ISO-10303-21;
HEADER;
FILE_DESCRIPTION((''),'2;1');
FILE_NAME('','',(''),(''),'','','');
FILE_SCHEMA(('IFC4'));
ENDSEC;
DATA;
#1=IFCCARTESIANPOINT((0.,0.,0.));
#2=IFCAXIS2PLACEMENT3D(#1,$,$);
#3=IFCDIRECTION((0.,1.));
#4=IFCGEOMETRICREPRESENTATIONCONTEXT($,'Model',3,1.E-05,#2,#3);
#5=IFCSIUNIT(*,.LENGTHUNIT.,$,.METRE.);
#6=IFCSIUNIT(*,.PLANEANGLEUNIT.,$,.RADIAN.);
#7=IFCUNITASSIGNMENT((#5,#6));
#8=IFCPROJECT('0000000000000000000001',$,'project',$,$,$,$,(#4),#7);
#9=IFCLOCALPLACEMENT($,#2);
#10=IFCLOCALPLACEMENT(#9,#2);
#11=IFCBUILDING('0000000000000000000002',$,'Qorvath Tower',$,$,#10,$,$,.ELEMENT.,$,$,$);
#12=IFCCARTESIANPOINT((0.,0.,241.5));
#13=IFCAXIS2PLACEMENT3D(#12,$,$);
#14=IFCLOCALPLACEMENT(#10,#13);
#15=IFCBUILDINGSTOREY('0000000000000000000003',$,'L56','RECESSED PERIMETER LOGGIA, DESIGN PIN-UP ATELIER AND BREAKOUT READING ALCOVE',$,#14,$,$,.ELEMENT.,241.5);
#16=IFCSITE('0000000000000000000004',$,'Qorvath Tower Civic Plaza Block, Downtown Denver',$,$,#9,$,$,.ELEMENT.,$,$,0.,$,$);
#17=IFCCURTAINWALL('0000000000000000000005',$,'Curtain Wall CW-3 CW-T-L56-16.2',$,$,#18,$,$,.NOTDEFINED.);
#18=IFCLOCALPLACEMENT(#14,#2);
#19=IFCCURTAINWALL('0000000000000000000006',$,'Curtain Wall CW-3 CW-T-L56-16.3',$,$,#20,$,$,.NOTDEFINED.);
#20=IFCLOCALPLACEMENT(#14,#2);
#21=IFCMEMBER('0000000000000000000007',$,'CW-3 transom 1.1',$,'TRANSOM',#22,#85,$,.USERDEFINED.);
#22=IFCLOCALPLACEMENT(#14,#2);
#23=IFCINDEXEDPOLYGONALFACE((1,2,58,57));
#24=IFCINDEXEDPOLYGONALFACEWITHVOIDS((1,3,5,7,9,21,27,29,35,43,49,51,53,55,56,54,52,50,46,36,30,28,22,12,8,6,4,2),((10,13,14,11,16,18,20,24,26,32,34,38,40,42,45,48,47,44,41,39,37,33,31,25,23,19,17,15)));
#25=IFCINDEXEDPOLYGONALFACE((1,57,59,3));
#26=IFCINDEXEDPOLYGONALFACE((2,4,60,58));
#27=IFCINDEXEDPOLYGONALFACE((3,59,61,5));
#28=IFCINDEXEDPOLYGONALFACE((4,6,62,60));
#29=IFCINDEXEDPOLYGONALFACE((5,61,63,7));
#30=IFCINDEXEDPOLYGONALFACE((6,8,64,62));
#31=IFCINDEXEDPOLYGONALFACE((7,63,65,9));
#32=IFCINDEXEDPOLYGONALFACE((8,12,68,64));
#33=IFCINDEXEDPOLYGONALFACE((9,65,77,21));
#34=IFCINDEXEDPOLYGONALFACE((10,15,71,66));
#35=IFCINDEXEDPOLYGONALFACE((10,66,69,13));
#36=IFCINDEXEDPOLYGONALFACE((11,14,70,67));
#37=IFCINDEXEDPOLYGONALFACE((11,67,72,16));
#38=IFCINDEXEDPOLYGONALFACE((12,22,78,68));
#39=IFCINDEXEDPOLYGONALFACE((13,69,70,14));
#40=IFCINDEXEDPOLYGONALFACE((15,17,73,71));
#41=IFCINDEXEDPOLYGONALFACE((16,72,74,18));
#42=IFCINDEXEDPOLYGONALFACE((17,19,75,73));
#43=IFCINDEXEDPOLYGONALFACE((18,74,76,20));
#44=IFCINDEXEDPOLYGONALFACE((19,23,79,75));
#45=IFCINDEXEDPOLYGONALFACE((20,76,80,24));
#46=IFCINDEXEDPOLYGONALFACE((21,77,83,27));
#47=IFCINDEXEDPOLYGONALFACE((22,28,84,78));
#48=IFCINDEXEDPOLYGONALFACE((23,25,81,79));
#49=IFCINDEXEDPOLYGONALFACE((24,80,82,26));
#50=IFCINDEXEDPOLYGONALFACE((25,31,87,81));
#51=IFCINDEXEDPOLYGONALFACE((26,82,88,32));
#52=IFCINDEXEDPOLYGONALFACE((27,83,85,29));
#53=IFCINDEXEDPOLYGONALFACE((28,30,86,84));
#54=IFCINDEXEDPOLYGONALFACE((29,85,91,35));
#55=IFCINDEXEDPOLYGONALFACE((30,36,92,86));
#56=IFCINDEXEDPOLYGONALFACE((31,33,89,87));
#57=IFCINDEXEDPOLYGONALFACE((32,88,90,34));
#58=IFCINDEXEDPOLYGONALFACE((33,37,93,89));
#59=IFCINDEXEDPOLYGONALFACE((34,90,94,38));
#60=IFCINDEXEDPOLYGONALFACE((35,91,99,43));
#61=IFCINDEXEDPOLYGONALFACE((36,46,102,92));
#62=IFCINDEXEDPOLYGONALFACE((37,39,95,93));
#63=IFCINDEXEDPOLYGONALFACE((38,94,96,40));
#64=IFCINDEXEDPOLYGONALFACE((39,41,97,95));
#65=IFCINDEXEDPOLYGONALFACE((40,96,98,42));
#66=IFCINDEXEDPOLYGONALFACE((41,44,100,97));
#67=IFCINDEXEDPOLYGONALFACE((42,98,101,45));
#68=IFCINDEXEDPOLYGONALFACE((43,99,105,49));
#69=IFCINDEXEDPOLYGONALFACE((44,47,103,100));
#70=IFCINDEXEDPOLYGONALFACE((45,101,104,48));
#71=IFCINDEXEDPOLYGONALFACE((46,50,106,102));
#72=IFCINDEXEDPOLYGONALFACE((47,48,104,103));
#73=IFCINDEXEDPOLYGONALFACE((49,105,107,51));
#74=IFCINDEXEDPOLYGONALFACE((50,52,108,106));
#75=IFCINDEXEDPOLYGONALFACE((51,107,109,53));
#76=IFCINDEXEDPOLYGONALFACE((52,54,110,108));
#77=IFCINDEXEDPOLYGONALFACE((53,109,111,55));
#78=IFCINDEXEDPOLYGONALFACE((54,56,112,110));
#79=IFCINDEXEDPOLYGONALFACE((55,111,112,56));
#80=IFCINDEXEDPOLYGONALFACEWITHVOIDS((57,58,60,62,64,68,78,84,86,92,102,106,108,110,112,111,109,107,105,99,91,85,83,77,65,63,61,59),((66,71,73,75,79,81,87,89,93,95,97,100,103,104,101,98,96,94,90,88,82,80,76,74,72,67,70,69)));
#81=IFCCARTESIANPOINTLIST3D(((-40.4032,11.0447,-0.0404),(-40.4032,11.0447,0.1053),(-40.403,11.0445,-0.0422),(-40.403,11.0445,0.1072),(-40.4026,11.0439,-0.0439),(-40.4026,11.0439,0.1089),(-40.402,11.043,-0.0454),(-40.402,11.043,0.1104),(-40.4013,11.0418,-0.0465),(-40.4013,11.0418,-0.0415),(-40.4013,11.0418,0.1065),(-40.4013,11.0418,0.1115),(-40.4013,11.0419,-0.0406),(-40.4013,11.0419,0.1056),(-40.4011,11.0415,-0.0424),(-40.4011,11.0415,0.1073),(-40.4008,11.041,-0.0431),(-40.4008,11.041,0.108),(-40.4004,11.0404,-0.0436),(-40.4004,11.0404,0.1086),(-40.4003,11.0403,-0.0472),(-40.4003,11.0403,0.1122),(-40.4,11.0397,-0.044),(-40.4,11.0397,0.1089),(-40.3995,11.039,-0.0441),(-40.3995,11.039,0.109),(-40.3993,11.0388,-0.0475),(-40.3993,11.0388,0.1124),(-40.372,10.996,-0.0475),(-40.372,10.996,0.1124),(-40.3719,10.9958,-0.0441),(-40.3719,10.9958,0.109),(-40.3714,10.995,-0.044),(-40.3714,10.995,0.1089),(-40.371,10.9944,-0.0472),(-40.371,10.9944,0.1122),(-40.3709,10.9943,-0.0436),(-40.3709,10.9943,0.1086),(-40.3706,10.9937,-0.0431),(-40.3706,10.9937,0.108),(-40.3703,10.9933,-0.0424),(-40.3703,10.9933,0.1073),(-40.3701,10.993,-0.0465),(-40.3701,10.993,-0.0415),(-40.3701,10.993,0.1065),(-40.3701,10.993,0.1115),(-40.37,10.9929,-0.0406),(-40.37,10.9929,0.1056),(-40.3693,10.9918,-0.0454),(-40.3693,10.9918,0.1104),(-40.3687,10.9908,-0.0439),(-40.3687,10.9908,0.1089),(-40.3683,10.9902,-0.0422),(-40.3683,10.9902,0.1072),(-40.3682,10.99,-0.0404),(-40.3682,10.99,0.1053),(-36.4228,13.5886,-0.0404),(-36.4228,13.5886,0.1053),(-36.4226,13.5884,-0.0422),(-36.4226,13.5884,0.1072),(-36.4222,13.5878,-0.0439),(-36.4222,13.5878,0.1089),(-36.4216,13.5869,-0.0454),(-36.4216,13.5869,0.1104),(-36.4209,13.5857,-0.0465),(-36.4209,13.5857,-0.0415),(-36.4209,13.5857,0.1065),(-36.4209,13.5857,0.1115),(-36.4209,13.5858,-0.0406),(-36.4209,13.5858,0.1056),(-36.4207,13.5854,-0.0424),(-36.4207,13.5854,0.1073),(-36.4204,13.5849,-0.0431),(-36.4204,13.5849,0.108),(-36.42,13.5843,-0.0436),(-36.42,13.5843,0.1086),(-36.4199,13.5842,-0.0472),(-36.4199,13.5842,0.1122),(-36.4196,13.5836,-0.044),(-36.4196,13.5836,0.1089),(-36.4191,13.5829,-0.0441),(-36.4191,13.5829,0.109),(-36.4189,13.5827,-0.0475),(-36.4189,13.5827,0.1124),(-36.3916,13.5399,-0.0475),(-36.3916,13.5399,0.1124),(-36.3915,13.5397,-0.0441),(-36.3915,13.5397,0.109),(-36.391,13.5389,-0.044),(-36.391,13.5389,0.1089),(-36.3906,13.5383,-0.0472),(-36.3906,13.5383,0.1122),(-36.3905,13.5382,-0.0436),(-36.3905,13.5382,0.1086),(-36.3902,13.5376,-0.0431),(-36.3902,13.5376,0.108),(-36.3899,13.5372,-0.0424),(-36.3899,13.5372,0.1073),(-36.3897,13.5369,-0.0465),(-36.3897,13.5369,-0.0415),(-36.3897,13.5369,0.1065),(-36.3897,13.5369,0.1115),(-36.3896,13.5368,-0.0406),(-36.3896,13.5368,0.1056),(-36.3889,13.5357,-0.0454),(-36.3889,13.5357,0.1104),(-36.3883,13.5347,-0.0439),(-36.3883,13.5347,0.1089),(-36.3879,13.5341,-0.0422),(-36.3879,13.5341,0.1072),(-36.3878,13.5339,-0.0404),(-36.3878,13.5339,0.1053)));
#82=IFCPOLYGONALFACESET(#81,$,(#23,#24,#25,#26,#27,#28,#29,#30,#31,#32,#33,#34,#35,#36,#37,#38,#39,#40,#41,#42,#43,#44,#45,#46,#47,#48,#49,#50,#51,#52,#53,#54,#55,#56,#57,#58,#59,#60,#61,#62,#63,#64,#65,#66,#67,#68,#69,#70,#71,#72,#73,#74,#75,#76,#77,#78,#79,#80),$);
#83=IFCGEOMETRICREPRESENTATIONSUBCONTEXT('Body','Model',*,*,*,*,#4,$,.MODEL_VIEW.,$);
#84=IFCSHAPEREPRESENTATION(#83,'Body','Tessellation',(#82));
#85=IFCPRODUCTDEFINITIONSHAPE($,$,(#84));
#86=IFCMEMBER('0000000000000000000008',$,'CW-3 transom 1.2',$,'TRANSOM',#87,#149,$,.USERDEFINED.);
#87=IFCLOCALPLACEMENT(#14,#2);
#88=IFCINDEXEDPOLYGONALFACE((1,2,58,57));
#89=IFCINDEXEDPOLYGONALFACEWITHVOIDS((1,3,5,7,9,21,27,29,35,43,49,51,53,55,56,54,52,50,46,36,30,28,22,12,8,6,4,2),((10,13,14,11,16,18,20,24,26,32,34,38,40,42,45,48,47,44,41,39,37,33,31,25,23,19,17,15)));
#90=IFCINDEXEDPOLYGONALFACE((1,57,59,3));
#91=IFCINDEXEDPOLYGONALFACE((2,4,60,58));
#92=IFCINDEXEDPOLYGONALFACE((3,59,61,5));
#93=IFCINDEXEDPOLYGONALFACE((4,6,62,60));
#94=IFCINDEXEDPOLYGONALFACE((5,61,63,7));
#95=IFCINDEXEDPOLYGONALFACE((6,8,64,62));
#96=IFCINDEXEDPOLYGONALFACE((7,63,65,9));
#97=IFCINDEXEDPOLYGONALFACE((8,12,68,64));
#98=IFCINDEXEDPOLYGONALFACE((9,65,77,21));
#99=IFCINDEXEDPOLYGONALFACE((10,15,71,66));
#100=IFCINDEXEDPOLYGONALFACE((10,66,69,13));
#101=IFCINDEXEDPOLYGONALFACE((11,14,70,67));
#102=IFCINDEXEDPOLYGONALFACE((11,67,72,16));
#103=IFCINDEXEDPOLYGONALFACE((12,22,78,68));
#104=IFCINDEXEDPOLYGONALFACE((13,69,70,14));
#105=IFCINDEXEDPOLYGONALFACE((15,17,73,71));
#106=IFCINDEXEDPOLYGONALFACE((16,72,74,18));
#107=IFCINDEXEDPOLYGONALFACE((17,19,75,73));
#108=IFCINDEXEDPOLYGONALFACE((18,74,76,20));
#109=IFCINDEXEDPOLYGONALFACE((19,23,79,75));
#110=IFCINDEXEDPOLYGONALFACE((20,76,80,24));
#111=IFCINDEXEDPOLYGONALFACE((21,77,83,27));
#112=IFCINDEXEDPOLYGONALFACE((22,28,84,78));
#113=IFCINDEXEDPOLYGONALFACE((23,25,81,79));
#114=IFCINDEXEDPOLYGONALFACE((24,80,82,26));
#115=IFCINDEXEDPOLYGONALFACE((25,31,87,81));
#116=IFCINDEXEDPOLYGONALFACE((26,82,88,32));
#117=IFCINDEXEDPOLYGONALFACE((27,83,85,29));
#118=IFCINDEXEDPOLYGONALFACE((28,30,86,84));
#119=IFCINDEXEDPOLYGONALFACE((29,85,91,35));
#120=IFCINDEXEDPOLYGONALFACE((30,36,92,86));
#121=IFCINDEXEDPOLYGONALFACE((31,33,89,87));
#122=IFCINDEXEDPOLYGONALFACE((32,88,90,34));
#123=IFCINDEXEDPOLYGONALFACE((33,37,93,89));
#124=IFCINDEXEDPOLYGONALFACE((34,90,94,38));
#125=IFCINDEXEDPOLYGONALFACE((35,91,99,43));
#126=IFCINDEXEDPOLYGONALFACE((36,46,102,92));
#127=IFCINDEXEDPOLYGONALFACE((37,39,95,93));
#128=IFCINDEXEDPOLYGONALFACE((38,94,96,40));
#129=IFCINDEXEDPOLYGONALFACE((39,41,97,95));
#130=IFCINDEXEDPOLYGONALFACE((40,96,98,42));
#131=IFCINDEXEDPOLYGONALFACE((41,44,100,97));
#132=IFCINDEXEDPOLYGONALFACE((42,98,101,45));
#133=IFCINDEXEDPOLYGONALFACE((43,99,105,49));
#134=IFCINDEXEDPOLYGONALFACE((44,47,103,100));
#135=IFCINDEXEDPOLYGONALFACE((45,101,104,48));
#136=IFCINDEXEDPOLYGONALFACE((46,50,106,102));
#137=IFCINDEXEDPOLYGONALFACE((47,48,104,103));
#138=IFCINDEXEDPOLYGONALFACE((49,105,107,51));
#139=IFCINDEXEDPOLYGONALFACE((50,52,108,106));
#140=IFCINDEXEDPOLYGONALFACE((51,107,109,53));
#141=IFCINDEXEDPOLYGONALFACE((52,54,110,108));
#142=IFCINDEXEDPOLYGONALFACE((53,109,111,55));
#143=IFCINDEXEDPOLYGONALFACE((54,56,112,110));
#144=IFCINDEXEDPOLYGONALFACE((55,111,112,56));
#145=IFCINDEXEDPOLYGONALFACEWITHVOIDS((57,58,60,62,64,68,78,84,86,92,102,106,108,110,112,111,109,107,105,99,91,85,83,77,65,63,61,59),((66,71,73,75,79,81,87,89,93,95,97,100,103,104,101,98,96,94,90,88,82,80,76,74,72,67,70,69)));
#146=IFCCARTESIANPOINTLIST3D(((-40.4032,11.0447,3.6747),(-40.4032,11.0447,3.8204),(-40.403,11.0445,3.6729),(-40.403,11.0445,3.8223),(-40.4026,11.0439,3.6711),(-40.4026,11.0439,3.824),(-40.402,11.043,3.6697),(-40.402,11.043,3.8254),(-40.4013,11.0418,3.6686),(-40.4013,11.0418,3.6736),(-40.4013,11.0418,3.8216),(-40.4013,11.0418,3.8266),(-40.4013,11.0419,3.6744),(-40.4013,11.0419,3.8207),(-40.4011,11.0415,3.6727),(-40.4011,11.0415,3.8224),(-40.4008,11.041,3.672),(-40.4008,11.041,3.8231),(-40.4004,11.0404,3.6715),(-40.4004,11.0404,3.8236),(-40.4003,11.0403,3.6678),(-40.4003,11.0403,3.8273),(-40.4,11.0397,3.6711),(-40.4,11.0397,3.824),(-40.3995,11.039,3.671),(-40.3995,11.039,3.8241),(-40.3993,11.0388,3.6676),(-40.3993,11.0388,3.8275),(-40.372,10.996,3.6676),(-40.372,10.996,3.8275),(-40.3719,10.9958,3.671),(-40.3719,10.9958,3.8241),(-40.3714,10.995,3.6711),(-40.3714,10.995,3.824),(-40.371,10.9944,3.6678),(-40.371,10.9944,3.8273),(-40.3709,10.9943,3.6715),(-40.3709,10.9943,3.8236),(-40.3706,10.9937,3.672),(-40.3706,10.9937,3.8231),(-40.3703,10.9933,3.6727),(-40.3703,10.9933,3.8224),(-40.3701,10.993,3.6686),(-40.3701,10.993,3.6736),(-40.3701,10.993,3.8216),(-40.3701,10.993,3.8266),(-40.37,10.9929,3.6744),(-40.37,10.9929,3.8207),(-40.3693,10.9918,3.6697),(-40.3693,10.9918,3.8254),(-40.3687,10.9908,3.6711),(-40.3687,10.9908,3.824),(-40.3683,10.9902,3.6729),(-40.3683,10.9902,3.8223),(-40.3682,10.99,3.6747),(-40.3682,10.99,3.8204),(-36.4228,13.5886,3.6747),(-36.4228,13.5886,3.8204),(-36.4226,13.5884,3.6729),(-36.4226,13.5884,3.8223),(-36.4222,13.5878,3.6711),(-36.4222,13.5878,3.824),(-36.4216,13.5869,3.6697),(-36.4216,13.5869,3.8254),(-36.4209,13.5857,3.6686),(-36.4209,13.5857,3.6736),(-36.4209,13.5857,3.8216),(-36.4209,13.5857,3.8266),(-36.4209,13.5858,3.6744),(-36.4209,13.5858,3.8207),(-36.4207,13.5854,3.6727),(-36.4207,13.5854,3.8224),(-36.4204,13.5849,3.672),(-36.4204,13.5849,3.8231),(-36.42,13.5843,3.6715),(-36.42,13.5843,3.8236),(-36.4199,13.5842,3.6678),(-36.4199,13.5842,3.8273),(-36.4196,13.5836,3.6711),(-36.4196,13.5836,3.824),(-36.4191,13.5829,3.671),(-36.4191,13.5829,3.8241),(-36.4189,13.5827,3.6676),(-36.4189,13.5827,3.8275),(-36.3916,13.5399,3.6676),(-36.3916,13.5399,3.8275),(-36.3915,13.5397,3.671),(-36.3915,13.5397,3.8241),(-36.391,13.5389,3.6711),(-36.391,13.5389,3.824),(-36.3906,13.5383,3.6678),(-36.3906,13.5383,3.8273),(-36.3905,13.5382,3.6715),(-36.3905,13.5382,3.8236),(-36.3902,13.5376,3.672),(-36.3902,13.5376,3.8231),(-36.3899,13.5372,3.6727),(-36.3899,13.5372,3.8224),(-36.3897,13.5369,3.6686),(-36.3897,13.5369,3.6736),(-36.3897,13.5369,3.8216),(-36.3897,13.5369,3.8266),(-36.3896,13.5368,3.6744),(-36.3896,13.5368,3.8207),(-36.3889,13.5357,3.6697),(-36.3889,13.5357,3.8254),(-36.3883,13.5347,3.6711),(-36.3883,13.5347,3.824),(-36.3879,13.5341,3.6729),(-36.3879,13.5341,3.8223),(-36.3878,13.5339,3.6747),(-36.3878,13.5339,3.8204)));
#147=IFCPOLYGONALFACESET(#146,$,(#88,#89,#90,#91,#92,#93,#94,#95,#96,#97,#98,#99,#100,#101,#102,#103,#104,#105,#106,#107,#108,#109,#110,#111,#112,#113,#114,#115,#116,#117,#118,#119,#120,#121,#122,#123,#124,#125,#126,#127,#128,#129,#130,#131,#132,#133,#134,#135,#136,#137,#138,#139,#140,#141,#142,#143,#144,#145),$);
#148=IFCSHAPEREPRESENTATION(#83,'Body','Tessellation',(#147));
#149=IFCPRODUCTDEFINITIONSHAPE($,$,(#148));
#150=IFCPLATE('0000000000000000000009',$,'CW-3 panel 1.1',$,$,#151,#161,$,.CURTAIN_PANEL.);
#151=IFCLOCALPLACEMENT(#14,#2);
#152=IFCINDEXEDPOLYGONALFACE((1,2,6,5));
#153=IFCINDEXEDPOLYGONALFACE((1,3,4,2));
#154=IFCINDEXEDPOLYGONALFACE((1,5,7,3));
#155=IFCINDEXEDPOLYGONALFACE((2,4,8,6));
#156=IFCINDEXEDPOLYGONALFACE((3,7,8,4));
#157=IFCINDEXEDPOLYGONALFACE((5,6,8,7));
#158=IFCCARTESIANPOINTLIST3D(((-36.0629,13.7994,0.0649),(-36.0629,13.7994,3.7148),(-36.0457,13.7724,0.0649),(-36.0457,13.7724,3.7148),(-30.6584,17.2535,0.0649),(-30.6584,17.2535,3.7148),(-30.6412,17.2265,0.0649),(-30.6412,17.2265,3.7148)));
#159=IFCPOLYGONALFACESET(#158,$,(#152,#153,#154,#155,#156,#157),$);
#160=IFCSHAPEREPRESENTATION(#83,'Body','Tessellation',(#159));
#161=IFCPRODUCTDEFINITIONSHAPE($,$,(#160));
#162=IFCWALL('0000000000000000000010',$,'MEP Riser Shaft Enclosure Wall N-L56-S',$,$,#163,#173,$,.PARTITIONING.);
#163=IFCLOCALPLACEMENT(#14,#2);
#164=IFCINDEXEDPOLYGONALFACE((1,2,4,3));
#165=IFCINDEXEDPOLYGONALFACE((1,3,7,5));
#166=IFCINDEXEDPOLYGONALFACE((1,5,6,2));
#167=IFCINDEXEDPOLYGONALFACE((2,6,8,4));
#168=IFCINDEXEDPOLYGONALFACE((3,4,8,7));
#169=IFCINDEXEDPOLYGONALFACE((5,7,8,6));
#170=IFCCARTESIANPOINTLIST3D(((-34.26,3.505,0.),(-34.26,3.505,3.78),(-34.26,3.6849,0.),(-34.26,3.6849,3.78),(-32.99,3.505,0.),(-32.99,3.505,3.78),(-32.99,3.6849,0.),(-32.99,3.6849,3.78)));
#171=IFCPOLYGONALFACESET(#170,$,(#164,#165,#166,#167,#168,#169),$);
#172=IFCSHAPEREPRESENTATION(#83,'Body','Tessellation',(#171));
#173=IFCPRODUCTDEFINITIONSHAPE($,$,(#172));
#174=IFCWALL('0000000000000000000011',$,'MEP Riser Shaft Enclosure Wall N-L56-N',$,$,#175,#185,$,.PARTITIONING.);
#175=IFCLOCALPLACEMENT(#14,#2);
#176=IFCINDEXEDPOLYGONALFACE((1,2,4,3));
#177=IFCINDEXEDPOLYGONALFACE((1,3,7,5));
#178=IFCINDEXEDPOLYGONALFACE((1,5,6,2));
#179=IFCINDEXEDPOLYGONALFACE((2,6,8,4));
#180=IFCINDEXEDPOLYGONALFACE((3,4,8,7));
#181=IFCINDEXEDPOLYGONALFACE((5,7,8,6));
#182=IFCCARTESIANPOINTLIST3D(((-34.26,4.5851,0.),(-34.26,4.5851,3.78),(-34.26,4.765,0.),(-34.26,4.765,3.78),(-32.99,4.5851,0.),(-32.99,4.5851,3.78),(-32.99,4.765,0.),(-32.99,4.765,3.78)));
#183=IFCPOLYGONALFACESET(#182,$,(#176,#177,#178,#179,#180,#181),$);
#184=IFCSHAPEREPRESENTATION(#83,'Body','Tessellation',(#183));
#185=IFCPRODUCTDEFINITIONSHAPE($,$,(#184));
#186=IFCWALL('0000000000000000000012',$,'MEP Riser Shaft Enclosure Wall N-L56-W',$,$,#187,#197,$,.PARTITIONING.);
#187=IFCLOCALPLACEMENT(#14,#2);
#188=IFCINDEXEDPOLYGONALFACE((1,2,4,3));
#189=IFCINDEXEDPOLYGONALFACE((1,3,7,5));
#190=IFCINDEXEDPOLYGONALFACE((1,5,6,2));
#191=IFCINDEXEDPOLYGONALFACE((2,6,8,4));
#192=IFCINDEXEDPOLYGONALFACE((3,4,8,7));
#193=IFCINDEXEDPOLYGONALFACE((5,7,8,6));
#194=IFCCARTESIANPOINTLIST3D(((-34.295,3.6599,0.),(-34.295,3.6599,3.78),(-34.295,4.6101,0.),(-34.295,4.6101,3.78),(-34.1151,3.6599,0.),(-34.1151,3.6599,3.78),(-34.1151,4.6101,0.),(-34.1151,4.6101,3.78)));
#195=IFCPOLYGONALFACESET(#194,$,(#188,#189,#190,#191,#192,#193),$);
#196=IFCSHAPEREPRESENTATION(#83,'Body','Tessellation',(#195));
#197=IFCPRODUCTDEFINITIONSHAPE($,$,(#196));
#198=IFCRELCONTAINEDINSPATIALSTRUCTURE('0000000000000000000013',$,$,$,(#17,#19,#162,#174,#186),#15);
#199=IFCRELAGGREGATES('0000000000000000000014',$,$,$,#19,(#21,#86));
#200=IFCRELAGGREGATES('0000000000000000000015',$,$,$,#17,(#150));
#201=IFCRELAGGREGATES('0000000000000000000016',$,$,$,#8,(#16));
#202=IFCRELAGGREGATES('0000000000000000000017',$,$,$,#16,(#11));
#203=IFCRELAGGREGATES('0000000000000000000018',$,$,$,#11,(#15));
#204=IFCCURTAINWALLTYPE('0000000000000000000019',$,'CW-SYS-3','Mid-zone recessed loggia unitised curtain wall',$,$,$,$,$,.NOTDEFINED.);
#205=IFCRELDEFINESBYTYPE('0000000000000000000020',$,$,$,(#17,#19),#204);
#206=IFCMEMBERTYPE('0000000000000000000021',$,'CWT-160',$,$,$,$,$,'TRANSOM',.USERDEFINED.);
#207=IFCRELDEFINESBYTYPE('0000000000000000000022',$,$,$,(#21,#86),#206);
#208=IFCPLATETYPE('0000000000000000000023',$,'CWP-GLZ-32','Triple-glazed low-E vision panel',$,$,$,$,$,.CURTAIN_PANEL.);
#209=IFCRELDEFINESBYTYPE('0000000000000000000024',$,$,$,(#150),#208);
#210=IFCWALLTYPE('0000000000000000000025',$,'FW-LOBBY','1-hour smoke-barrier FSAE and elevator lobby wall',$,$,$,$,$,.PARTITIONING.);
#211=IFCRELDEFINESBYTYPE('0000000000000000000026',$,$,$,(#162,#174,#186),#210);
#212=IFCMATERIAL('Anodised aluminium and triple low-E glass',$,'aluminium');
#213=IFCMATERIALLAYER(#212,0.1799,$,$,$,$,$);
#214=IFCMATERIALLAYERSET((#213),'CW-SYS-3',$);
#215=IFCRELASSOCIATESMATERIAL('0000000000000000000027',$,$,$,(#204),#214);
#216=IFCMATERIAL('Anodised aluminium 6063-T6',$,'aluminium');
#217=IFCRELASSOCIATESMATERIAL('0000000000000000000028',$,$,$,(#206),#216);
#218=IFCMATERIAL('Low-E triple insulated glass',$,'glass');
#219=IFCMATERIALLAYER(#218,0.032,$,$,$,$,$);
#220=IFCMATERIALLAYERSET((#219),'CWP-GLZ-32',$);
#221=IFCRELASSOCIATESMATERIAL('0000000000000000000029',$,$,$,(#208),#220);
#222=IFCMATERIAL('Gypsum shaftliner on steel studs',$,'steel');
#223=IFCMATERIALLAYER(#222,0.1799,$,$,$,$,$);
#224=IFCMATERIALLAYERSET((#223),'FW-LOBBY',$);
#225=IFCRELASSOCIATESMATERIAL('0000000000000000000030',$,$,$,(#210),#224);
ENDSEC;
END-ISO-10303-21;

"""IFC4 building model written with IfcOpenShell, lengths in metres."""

from ifc_helpers import new_model, si_unit, direction, frame, frame_2d, origin, origin_2d, place, context, subcontext, project, spatial, rectangle, hollow_rectangle, extrude, material, layer, layer_set, material_profile, profile_set, type_object, element, aggregate, save


model = new_model("IFC4")

# Units and contexts
model_context = context("Model", 3, precision=1e-05, world=origin(), true_north=direction((0.0, 1.0)))
body_context = subcontext(model_context, "Body", "Model", "MODEL_VIEW")
ifc_project = project(units=[si_unit("LENGTHUNIT", "METRE"), si_unit("PLANEANGLEUNIT", "RADIAN")], contexts=[model_context])

# Site, building, storey
site_placement = place(None, origin())
site = spatial("IfcSite", under=ifc_project, at=site_placement, Name="Qorvath Tower Civic Plaza Block, Downtown Denver", CompositionType="ELEMENT", RefElevation=0.0)
building_placement = place(site_placement, origin())
building = spatial("IfcBuilding", under=site, at=building_placement, Name="Qorvath Tower", CompositionType="ELEMENT")
storey_placement = place(building_placement, frame((0.0, 0.0, 241.5)))
storey = spatial("IfcBuildingStorey", under=building, at=storey_placement, Name="L56", Description="RECESSED PERIMETER LOGGIA, DESIGN PIN-UP ATELIER AND BREAKOUT READING ALCOVE", CompositionType="ELEMENT", Elevation=241.5)

# Curtain wall
ifc_material_1 = material(Name="Anodised aluminium and triple low-E glass", Category="aluminium")
ifc_layer_1 = layer(ifc_material_1, 0.1799)
ifc_layer_set_1 = layer_set([ifc_layer_1], Name="CW-SYS-3")
curtain_wall_type = type_object("IfcCurtainWallType", Name="CW-SYS-3", Description="Mid-zone recessed loggia unitised curtain wall", PredefinedType="NOTDEFINED", material=ifc_layer_set_1)
curtain_wall_1_placement = place(storey_placement, origin())
curtain_wall_1 = element("IfcCurtainWall", 1, at=curtain_wall_1_placement, inside=storey, type_object=curtain_wall_type, Name="Curtain Wall CW-3 CW-T-L56-16.2", PredefinedType="NOTDEFINED")

# Curtain wall, members
curtain_wall_2_placement = place(storey_placement, origin())
curtain_wall_2 = element("IfcCurtainWall", 2, at=curtain_wall_2_placement, inside=storey, type_object=curtain_wall_type, Name="Curtain Wall CW-3 CW-T-L56-16.3", PredefinedType="NOTDEFINED")
ifc_material_2 = material(Name="Anodised aluminium 6063-T6", Category="aluminium")
ifc_material_profile_1 = material_profile(ifc_material_2, hollow_rectangle(XDim=0.0649, YDim=0.1599, WallThickness=0.0034, InnerFilletRadius=0.0034, OuterFilletRadius=0.0071, at=origin_2d()), Name="CWT 160x65")
ifc_profile_set_1 = profile_set([ifc_material_profile_1], Name="Anodised aluminium 6063-T6")
member_type_1 = type_object("IfcMemberType", Name="CWT-160", ElementType="TRANSOM", PredefinedType="USERDEFINED", material=ifc_profile_set_1)
member_1_placement = place(storey_placement, frame((-36.4053, 13.5613, 0.0325), z_axis=(-0.842613, -0.53852, 0.0), x_axis=(0.53852, -0.842613, 0.0)))
member_1 = element("IfcMember", 3, at=member_1_placement, type_object=member_type_1, Name="CW-3 transom 1.1", ObjectType="TRANSOM", PredefinedType="USERDEFINED", context=body_context, shape_type="SweptSolid", body=[
    extrude(hollow_rectangle(XDim=0.0649, YDim=0.1599, WallThickness=0.0034, InnerFilletRadius=0.0034, OuterFilletRadius=0.0071, at=origin_2d()), origin(), (0.0, 0.0, 1.0), 4.7239),
])
member_2_placement = place(storey_placement, frame((-36.4053, 13.5613, 3.7476), z_axis=(-0.842613, -0.53852, 0.0), x_axis=(0.53852, -0.842613, 0.0)))
member_2 = element("IfcMember", 4, at=member_2_placement, type_object=member_type_1, Name="CW-3 transom 1.2", ObjectType="TRANSOM", PredefinedType="USERDEFINED", context=body_context, shape_type="SweptSolid", body=[
    extrude(hollow_rectangle(XDim=0.0649, YDim=0.1599, WallThickness=0.0034, InnerFilletRadius=0.0034, OuterFilletRadius=0.0071, at=origin_2d()), origin(), (0.0, 0.0, 1.0), 4.7239),
])
aggregate(curtain_wall_2, [member_1, member_2])

# Plate
ifc_material_3 = material(Name="Low-E triple insulated glass", Category="glass")
ifc_layer_2 = layer(ifc_material_3, 0.032)
ifc_layer_set_2 = layer_set([ifc_layer_2], Name="CWP-GLZ-32")
plate_type = type_object("IfcPlateType", Name="CWP-GLZ-32", Description="Triple-glazed low-E vision panel", PredefinedType="CURTAIN_PANEL", material=ifc_layer_set_2)
plate_placement = place(storey_placement, frame((-33.3521, 15.5129, 0.0649), z_axis=(0.0, 0.0, 1.0), x_axis=(-0.842613, -0.53852, 0.0)))
plate = element("IfcPlate", 5, at=plate_placement, type_object=plate_type, Name="CW-3 panel 1.1", PredefinedType="CURTAIN_PANEL", context=body_context, shape_type="SweptSolid", body=[
    extrude(rectangle(XDim=6.4141, YDim=0.032, at=origin_2d()), origin(), (0.0, 0.0, 1.0), 3.6499),
])
aggregate(curtain_wall_1, [plate])

# Walls
ifc_material_4 = material(Name="Gypsum shaftliner on steel studs", Category="steel")
ifc_layer_3 = layer(ifc_material_4, 0.1799)
ifc_layer_set_3 = layer_set([ifc_layer_3], Name="FW-LOBBY")
wall_type_1 = type_object("IfcWallType", Name="FW-LOBBY", Description="1-hour smoke-barrier FSAE and elevator lobby wall", PredefinedType="PARTITIONING", material=ifc_layer_set_3)
for number, where, z_axis, x_axis, name in (
    (6, (-32.99, 3.595, 0.0), (0.0, 0.0, 1.0), (-1.0, 0.0, 0.0), "MEP Riser Shaft Enclosure Wall N-L56-S"),
    (7, (-34.26, 4.675, 0.0), (0.0, 0.0, 1.0), (1.0, 0.0, 0.0), "MEP Riser Shaft Enclosure Wall N-L56-N"),
):
    element("IfcWall", number, at=place(storey_placement, frame(where, z_axis=z_axis, x_axis=x_axis)), inside=storey, type_object=wall_type_1, Name=name, PredefinedType="PARTITIONING", context=body_context, shape_type="SweptSolid", body=[
        extrude(rectangle(XDim=1.27, YDim=0.1799, at=frame_2d((0.635, 0.0))), origin(), (0.0, 0.0, 1.0), 3.78),
    ])
for number, where, z_axis, x_axis, name in (
    (8, (-34.2051, 3.6599, 0.0), (0.0, 0.0, 1.0), (0.0, 1.0, 0.0), "MEP Riser Shaft Enclosure Wall N-L56-W"),
):
    element("IfcWall", number, at=place(storey_placement, frame(where, z_axis=z_axis, x_axis=x_axis)), inside=storey, type_object=wall_type_1, Name=name, PredefinedType="PARTITIONING", context=body_context, shape_type="SweptSolid", body=[
        extrude(rectangle(XDim=0.9502, YDim=0.1799, at=frame_2d((0.4751, 0.0))), origin(), (0.0, 0.0, 1.0), 3.78),
    ])

save(model, "model.ifc")
